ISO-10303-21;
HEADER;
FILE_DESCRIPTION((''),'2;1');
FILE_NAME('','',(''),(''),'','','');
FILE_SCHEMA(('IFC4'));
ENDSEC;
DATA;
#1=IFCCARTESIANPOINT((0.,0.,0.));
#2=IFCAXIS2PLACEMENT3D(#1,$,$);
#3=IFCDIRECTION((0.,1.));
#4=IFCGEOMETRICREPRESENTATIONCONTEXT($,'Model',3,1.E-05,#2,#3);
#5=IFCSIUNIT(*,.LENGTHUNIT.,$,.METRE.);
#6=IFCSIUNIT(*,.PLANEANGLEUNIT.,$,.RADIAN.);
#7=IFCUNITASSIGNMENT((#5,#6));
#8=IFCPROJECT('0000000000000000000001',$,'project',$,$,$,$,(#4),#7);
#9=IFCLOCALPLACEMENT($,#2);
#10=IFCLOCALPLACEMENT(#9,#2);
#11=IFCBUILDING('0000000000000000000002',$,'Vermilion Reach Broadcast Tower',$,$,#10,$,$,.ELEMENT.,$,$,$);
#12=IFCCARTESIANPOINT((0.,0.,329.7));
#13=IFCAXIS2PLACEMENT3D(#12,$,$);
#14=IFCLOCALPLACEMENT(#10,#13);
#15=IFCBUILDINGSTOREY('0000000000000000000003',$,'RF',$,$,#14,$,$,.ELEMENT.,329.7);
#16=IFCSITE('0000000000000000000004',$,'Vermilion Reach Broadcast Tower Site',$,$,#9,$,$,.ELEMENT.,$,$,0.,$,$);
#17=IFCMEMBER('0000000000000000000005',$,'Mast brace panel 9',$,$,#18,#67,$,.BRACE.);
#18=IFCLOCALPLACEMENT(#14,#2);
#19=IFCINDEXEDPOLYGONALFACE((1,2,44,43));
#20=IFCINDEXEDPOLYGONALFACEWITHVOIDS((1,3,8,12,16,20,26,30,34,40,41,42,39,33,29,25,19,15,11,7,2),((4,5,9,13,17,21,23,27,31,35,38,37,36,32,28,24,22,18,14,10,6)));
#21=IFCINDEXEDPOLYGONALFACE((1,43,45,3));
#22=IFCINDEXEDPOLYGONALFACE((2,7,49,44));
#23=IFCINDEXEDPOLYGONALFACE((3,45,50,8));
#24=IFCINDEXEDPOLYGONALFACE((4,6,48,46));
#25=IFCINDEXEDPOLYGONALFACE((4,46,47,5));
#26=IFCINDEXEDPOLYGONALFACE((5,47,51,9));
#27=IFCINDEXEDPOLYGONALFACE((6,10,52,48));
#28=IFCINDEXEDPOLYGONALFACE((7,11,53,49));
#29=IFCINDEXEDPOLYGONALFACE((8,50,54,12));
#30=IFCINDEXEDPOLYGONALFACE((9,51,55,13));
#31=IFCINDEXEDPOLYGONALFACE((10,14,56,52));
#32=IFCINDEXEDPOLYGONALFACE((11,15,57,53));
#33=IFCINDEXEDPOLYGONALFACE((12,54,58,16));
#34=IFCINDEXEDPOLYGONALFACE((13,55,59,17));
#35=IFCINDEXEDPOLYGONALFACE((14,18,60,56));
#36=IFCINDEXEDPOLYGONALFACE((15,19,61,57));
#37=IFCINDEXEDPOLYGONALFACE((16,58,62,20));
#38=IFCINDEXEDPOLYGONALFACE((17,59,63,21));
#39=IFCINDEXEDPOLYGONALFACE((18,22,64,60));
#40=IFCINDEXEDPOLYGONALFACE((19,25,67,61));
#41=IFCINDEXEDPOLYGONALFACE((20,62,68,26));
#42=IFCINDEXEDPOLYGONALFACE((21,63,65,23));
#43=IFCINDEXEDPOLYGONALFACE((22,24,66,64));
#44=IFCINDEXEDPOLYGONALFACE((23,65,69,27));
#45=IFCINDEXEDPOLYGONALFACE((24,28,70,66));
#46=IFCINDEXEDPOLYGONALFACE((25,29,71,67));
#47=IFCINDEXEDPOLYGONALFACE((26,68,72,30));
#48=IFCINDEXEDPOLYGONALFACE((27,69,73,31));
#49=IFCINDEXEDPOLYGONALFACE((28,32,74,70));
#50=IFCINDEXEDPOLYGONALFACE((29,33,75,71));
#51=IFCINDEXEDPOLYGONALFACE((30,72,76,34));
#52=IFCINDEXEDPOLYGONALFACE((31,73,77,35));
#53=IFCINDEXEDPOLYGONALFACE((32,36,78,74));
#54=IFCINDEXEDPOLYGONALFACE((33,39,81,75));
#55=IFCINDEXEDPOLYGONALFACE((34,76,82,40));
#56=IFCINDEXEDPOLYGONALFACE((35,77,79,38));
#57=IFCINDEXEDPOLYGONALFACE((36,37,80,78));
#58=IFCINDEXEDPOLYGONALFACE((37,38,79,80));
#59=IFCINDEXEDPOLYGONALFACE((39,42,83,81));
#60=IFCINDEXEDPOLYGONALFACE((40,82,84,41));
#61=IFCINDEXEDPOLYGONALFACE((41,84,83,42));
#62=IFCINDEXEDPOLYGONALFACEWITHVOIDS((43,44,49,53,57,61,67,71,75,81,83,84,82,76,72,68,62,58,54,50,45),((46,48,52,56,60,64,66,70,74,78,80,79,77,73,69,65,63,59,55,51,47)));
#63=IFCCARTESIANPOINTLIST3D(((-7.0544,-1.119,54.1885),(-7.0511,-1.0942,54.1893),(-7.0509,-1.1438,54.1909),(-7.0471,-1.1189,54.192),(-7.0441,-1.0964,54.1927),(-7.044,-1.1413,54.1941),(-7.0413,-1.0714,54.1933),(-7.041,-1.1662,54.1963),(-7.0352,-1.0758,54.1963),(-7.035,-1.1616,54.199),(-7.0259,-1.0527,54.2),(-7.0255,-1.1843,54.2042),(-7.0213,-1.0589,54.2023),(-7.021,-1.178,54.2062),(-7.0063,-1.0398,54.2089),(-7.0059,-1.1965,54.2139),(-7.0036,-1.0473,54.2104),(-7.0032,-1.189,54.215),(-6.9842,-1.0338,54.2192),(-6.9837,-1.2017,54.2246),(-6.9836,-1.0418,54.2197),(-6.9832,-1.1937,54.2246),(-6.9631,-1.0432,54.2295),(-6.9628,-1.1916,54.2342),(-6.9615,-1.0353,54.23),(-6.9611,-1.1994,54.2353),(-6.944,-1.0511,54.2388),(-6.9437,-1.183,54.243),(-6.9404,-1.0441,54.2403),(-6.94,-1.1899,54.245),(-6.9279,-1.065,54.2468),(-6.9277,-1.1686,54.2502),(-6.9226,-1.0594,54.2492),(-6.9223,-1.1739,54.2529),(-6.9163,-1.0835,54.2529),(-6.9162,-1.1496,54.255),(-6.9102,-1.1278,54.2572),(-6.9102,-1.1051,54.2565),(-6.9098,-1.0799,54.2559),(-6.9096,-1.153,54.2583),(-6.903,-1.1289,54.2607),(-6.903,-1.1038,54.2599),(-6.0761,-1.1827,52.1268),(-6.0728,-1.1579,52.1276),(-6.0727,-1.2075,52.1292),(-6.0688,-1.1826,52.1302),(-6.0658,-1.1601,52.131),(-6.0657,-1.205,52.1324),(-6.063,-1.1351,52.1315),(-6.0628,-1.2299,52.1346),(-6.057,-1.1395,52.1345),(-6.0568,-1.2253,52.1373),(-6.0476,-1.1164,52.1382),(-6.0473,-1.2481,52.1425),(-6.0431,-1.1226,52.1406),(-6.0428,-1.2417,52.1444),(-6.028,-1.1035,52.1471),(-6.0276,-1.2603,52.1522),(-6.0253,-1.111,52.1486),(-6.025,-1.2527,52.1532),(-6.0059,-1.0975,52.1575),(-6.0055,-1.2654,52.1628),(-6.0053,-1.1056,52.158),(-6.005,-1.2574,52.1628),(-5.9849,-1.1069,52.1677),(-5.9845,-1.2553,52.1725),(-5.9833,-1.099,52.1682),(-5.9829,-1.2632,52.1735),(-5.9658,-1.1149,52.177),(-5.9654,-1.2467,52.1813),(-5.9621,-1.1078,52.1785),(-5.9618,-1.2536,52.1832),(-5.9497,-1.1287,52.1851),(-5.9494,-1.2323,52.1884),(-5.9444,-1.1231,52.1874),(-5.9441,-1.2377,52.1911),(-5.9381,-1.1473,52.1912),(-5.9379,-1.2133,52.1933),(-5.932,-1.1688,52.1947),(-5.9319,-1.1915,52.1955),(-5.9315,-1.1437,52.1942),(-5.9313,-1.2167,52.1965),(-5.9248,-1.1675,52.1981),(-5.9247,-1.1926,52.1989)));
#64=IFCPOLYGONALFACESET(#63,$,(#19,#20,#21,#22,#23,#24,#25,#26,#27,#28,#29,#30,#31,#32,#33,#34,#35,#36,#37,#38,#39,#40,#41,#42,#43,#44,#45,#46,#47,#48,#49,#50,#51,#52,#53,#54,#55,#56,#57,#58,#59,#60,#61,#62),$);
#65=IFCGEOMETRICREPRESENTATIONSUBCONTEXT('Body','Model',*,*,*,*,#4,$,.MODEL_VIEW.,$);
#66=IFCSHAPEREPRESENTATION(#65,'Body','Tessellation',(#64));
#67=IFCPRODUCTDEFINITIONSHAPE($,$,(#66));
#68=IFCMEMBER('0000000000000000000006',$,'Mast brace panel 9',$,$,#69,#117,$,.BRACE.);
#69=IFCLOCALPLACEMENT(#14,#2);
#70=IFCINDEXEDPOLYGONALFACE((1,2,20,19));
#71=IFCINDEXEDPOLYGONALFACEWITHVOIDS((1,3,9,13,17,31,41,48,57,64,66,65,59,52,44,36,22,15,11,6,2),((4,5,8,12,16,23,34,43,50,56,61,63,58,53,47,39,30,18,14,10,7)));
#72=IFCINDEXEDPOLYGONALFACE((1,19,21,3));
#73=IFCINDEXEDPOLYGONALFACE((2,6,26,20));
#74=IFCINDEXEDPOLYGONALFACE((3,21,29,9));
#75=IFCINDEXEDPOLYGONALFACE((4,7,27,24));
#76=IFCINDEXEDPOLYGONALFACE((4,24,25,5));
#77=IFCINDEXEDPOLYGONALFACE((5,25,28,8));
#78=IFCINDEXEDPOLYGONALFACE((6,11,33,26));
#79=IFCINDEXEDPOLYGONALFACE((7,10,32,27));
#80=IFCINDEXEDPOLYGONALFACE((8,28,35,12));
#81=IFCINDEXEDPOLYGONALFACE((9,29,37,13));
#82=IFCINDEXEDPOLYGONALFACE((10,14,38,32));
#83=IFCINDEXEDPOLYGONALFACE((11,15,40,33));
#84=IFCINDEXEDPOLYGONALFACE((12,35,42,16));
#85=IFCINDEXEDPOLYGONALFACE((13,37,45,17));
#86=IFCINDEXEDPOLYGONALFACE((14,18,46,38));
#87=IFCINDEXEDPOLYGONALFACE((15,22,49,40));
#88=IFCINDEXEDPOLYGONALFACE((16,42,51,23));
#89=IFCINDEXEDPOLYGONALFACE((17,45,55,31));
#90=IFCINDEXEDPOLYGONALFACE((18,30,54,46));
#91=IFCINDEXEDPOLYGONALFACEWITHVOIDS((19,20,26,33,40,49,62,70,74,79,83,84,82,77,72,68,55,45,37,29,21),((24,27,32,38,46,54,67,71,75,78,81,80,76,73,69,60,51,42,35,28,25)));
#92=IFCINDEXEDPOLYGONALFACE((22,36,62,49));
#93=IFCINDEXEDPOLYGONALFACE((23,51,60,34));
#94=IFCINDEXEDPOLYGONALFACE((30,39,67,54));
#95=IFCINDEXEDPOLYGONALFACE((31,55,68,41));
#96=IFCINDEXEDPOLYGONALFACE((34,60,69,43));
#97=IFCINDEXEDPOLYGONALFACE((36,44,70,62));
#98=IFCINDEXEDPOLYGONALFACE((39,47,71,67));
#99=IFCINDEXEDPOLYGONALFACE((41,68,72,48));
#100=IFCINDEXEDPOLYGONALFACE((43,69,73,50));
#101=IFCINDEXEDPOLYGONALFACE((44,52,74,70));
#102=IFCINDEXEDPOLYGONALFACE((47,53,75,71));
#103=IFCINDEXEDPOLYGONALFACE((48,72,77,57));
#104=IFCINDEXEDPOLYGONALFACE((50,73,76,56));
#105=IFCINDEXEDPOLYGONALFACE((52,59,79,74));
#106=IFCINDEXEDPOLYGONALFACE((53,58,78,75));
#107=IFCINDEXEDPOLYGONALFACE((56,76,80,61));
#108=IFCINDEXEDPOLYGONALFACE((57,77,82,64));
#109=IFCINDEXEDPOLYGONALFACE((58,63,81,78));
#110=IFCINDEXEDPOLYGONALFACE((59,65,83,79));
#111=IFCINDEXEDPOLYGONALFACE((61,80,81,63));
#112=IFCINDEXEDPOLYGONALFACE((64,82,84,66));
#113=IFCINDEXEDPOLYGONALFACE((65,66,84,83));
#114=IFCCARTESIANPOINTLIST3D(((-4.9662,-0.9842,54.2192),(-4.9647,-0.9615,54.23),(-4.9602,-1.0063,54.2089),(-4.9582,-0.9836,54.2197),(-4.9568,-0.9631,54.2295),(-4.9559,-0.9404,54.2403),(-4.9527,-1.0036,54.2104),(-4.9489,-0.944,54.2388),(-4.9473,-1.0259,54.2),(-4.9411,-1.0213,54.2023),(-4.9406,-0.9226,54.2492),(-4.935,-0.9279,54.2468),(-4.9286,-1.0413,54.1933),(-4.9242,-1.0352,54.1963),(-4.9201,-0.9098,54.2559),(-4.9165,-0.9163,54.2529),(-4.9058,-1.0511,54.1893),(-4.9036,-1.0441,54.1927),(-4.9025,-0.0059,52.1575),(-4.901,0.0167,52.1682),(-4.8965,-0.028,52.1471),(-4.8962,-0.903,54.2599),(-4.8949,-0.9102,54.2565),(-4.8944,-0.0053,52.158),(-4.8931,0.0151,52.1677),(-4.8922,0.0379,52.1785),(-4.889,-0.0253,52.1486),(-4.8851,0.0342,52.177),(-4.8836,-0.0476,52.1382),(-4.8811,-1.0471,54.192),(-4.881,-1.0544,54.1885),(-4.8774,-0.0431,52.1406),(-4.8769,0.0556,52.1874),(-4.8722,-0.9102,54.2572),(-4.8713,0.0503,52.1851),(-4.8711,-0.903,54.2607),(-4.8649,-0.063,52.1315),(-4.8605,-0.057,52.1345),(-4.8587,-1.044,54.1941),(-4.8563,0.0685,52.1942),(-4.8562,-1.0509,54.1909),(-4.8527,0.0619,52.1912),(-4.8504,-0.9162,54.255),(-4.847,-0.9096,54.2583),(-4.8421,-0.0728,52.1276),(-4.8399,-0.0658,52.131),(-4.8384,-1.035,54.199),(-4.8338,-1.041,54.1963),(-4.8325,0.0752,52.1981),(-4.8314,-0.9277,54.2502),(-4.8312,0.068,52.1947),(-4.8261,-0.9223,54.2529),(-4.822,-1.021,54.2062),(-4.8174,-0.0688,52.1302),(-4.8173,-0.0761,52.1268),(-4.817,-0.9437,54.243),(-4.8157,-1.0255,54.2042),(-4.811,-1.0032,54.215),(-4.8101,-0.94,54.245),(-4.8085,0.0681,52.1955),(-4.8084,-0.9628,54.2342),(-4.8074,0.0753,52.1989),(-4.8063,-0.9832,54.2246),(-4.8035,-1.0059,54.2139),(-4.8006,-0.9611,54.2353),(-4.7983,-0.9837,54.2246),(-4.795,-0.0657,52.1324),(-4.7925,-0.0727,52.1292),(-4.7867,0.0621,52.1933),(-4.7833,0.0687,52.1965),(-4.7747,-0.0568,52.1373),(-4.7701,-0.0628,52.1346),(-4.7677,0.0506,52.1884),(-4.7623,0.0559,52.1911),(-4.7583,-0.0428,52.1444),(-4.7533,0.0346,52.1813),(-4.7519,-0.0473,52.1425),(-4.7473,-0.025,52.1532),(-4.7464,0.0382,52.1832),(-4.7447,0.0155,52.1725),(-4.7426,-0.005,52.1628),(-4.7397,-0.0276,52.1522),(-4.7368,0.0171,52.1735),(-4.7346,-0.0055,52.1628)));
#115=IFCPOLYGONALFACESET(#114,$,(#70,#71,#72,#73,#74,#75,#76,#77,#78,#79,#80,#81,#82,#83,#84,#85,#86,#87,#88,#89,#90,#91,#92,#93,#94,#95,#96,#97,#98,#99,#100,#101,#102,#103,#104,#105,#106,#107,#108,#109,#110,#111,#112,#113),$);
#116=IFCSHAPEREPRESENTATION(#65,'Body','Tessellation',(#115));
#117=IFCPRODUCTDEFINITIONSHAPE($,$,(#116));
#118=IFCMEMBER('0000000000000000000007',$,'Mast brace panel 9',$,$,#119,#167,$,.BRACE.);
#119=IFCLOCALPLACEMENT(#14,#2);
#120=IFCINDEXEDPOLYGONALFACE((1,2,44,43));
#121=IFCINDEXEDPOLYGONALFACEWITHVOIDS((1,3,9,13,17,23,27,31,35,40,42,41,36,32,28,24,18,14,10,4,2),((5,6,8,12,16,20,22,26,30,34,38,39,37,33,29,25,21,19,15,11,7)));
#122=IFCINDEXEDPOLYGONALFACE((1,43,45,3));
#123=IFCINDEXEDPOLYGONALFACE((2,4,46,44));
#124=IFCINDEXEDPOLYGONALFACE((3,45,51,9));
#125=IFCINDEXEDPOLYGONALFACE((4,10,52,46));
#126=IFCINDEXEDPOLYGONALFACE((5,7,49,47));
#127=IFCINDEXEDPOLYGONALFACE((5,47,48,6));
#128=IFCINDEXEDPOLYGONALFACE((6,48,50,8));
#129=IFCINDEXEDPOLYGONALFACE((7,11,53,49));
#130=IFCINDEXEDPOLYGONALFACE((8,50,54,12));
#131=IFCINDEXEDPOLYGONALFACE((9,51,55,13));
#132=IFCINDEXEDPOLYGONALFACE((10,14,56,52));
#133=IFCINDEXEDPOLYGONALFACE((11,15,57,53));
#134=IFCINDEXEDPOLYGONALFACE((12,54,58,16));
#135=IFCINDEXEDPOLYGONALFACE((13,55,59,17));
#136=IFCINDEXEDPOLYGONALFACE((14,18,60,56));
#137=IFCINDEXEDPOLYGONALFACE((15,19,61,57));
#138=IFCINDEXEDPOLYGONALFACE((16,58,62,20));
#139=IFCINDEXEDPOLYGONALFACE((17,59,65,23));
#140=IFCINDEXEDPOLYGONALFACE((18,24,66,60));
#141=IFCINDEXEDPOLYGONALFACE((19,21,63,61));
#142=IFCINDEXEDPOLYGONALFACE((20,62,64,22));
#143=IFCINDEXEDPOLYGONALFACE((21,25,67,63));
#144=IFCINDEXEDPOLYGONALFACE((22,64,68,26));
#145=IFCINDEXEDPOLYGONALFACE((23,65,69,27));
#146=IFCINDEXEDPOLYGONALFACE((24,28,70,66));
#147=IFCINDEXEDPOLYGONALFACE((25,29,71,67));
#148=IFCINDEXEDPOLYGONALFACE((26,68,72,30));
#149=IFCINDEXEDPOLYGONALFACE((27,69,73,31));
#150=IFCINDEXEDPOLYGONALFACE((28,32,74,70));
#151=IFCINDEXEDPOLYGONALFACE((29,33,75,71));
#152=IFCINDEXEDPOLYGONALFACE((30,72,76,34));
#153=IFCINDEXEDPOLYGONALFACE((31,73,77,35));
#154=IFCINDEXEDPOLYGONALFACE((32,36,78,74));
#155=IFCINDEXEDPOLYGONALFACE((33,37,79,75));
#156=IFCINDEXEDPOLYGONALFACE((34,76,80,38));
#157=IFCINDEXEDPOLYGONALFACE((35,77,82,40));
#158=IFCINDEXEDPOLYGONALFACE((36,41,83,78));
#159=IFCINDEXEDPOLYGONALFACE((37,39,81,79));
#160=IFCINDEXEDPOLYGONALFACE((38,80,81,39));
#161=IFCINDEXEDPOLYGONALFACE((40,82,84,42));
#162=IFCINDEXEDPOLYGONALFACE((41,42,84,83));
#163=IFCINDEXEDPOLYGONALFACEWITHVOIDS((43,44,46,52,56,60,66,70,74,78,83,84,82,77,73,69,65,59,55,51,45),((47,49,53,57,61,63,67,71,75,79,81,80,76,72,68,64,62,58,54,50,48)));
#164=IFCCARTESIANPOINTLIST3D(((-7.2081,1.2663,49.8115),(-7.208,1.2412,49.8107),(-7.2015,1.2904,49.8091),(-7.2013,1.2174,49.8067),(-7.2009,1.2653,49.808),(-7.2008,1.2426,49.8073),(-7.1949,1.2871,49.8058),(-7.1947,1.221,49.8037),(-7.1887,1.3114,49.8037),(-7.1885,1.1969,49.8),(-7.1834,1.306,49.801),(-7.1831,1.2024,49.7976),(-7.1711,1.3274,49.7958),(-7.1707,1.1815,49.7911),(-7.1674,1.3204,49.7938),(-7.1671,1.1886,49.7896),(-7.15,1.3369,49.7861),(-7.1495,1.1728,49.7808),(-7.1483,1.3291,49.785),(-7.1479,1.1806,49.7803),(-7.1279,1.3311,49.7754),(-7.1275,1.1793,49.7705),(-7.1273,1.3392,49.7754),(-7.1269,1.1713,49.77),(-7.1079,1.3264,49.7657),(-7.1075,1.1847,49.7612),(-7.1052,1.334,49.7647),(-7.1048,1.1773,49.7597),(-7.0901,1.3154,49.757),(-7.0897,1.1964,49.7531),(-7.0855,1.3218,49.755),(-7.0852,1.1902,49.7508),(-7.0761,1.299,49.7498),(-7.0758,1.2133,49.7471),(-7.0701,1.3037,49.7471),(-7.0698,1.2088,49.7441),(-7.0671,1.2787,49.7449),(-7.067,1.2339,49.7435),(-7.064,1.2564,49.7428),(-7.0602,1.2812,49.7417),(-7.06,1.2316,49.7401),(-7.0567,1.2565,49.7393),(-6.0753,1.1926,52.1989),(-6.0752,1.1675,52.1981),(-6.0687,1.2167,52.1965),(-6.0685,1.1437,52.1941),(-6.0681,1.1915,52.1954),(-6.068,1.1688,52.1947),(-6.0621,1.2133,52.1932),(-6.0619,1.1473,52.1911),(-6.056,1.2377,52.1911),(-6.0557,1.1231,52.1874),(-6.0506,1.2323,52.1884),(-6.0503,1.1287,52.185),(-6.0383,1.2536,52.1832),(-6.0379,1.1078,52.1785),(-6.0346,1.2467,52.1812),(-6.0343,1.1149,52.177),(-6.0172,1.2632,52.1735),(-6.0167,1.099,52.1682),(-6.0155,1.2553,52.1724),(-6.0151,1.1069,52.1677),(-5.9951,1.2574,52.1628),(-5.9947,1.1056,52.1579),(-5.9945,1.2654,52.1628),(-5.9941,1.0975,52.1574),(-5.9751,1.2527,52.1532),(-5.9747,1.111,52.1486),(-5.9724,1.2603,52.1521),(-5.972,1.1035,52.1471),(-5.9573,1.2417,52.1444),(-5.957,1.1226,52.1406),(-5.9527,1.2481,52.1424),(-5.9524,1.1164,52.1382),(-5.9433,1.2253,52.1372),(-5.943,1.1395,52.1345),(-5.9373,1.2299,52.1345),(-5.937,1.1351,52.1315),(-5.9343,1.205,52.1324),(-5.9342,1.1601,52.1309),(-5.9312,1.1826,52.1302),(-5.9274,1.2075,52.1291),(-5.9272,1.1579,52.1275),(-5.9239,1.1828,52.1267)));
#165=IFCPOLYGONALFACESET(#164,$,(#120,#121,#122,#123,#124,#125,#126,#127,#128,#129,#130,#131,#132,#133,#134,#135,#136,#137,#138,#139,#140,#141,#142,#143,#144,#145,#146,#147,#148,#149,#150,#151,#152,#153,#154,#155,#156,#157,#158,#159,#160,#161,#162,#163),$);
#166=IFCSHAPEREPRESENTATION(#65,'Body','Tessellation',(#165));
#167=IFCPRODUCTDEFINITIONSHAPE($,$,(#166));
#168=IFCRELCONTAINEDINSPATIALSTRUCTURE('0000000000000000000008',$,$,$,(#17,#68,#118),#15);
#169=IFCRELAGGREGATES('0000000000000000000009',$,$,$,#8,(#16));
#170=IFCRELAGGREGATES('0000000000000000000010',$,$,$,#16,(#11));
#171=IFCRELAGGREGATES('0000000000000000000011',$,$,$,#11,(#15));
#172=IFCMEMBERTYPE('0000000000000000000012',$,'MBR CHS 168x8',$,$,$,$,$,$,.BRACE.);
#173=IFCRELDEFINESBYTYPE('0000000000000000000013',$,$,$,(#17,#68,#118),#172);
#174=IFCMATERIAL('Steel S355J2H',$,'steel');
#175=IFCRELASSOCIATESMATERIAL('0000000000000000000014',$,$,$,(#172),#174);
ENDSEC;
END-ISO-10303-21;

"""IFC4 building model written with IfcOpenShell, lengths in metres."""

from ifc_helpers import new_model, si_unit, direction, frame, origin, origin_2d, place, context, subcontext, project, spatial, hollow_circle, extrude, material, material_profile, profile_set, type_object, element, save


model = new_model("IFC4")

# Units and contexts
model_context = context("Model", 3, precision=1e-05, world=origin(), true_north=direction((0.0, 1.0)))
body_context = subcontext(model_context, "Body", "Model", "MODEL_VIEW")
ifc_project = project(units=[si_unit("LENGTHUNIT", "METRE"), si_unit("PLANEANGLEUNIT", "RADIAN")], contexts=[model_context])

# Site, building, storey
site_placement = place(None, origin())
site = spatial("IfcSite", under=ifc_project, at=site_placement, Name="Vermilion Reach Broadcast Tower Site", CompositionType="ELEMENT", RefElevation=0.0)
building_placement = place(site_placement, origin())
building = spatial("IfcBuilding", under=site, at=building_placement, Name="Vermilion Reach Broadcast Tower", CompositionType="ELEMENT")
storey_placement = place(building_placement, frame((0.0, 0.0, 329.7)))
storey = spatial("IfcBuildingStorey", under=building, at=storey_placement, Name="RF", CompositionType="ELEMENT", Elevation=329.7)

# Members
ifc_material_1 = material(Name="Steel S355J2H", Category="steel")
ifc_material_profile_1 = material_profile(ifc_material_1, hollow_circle(Radius=0.0842, WallThickness=0.0081, at=origin_2d()), Name="S355J2H CHS 168x8")
ifc_profile_set_1 = profile_set([ifc_material_profile_1], Name="Steel S355J2H")
member_type_1 = type_object("IfcMemberType", Name="MBR CHS 168x8", PredefinedType="BRACE", material=ifc_profile_set_1)
for number, where, z_axis, x_axis, name in (
    (1, (-6.0, -1.1814, 52.1628), (-0.428508, 0.027911, 0.903107), (-0.064998, -0.997885, 0.0), "Mast brace panel 9"),
    (2, (-4.8186, 0.0, 52.1628), (-0.027911, -0.428508, 0.903107), (0.997885, -0.064998, 0.0), "Mast brace panel 9"),
):
    element("IfcMember", number, at=place(storey_placement, frame(where, z_axis=z_axis, x_axis=x_axis)), inside=storey, type_object=member_type_1, Name=name, PredefinedType="BRACE", context=body_context, shape_type="SweptSolid", body=[
        extrude(hollow_circle(Radius=0.0842, WallThickness=0.0081, at=origin_2d()), origin(), (0.0, 0.0, 1.0), 2.283),
    ])
member_1_placement = place(storey_placement, frame((-7.1328, 1.2551, 49.7754), z_axis=(0.428511, -0.02789, 0.903106), x_axis=(0.064949, 0.997889, 0.0)))
element("IfcMember", 3, at=member_1_placement, inside=storey, type_object=member_type_1, Name="Mast brace panel 9", PredefinedType="BRACE", context=body_context, shape_type="SweptSolid", body=[
    extrude(hollow_circle(Radius=0.0842, WallThickness=0.0081, at=origin_2d()), origin(), (0.0, 0.0, 1.0), 2.6436),
])

save(model, "model.ifc")
